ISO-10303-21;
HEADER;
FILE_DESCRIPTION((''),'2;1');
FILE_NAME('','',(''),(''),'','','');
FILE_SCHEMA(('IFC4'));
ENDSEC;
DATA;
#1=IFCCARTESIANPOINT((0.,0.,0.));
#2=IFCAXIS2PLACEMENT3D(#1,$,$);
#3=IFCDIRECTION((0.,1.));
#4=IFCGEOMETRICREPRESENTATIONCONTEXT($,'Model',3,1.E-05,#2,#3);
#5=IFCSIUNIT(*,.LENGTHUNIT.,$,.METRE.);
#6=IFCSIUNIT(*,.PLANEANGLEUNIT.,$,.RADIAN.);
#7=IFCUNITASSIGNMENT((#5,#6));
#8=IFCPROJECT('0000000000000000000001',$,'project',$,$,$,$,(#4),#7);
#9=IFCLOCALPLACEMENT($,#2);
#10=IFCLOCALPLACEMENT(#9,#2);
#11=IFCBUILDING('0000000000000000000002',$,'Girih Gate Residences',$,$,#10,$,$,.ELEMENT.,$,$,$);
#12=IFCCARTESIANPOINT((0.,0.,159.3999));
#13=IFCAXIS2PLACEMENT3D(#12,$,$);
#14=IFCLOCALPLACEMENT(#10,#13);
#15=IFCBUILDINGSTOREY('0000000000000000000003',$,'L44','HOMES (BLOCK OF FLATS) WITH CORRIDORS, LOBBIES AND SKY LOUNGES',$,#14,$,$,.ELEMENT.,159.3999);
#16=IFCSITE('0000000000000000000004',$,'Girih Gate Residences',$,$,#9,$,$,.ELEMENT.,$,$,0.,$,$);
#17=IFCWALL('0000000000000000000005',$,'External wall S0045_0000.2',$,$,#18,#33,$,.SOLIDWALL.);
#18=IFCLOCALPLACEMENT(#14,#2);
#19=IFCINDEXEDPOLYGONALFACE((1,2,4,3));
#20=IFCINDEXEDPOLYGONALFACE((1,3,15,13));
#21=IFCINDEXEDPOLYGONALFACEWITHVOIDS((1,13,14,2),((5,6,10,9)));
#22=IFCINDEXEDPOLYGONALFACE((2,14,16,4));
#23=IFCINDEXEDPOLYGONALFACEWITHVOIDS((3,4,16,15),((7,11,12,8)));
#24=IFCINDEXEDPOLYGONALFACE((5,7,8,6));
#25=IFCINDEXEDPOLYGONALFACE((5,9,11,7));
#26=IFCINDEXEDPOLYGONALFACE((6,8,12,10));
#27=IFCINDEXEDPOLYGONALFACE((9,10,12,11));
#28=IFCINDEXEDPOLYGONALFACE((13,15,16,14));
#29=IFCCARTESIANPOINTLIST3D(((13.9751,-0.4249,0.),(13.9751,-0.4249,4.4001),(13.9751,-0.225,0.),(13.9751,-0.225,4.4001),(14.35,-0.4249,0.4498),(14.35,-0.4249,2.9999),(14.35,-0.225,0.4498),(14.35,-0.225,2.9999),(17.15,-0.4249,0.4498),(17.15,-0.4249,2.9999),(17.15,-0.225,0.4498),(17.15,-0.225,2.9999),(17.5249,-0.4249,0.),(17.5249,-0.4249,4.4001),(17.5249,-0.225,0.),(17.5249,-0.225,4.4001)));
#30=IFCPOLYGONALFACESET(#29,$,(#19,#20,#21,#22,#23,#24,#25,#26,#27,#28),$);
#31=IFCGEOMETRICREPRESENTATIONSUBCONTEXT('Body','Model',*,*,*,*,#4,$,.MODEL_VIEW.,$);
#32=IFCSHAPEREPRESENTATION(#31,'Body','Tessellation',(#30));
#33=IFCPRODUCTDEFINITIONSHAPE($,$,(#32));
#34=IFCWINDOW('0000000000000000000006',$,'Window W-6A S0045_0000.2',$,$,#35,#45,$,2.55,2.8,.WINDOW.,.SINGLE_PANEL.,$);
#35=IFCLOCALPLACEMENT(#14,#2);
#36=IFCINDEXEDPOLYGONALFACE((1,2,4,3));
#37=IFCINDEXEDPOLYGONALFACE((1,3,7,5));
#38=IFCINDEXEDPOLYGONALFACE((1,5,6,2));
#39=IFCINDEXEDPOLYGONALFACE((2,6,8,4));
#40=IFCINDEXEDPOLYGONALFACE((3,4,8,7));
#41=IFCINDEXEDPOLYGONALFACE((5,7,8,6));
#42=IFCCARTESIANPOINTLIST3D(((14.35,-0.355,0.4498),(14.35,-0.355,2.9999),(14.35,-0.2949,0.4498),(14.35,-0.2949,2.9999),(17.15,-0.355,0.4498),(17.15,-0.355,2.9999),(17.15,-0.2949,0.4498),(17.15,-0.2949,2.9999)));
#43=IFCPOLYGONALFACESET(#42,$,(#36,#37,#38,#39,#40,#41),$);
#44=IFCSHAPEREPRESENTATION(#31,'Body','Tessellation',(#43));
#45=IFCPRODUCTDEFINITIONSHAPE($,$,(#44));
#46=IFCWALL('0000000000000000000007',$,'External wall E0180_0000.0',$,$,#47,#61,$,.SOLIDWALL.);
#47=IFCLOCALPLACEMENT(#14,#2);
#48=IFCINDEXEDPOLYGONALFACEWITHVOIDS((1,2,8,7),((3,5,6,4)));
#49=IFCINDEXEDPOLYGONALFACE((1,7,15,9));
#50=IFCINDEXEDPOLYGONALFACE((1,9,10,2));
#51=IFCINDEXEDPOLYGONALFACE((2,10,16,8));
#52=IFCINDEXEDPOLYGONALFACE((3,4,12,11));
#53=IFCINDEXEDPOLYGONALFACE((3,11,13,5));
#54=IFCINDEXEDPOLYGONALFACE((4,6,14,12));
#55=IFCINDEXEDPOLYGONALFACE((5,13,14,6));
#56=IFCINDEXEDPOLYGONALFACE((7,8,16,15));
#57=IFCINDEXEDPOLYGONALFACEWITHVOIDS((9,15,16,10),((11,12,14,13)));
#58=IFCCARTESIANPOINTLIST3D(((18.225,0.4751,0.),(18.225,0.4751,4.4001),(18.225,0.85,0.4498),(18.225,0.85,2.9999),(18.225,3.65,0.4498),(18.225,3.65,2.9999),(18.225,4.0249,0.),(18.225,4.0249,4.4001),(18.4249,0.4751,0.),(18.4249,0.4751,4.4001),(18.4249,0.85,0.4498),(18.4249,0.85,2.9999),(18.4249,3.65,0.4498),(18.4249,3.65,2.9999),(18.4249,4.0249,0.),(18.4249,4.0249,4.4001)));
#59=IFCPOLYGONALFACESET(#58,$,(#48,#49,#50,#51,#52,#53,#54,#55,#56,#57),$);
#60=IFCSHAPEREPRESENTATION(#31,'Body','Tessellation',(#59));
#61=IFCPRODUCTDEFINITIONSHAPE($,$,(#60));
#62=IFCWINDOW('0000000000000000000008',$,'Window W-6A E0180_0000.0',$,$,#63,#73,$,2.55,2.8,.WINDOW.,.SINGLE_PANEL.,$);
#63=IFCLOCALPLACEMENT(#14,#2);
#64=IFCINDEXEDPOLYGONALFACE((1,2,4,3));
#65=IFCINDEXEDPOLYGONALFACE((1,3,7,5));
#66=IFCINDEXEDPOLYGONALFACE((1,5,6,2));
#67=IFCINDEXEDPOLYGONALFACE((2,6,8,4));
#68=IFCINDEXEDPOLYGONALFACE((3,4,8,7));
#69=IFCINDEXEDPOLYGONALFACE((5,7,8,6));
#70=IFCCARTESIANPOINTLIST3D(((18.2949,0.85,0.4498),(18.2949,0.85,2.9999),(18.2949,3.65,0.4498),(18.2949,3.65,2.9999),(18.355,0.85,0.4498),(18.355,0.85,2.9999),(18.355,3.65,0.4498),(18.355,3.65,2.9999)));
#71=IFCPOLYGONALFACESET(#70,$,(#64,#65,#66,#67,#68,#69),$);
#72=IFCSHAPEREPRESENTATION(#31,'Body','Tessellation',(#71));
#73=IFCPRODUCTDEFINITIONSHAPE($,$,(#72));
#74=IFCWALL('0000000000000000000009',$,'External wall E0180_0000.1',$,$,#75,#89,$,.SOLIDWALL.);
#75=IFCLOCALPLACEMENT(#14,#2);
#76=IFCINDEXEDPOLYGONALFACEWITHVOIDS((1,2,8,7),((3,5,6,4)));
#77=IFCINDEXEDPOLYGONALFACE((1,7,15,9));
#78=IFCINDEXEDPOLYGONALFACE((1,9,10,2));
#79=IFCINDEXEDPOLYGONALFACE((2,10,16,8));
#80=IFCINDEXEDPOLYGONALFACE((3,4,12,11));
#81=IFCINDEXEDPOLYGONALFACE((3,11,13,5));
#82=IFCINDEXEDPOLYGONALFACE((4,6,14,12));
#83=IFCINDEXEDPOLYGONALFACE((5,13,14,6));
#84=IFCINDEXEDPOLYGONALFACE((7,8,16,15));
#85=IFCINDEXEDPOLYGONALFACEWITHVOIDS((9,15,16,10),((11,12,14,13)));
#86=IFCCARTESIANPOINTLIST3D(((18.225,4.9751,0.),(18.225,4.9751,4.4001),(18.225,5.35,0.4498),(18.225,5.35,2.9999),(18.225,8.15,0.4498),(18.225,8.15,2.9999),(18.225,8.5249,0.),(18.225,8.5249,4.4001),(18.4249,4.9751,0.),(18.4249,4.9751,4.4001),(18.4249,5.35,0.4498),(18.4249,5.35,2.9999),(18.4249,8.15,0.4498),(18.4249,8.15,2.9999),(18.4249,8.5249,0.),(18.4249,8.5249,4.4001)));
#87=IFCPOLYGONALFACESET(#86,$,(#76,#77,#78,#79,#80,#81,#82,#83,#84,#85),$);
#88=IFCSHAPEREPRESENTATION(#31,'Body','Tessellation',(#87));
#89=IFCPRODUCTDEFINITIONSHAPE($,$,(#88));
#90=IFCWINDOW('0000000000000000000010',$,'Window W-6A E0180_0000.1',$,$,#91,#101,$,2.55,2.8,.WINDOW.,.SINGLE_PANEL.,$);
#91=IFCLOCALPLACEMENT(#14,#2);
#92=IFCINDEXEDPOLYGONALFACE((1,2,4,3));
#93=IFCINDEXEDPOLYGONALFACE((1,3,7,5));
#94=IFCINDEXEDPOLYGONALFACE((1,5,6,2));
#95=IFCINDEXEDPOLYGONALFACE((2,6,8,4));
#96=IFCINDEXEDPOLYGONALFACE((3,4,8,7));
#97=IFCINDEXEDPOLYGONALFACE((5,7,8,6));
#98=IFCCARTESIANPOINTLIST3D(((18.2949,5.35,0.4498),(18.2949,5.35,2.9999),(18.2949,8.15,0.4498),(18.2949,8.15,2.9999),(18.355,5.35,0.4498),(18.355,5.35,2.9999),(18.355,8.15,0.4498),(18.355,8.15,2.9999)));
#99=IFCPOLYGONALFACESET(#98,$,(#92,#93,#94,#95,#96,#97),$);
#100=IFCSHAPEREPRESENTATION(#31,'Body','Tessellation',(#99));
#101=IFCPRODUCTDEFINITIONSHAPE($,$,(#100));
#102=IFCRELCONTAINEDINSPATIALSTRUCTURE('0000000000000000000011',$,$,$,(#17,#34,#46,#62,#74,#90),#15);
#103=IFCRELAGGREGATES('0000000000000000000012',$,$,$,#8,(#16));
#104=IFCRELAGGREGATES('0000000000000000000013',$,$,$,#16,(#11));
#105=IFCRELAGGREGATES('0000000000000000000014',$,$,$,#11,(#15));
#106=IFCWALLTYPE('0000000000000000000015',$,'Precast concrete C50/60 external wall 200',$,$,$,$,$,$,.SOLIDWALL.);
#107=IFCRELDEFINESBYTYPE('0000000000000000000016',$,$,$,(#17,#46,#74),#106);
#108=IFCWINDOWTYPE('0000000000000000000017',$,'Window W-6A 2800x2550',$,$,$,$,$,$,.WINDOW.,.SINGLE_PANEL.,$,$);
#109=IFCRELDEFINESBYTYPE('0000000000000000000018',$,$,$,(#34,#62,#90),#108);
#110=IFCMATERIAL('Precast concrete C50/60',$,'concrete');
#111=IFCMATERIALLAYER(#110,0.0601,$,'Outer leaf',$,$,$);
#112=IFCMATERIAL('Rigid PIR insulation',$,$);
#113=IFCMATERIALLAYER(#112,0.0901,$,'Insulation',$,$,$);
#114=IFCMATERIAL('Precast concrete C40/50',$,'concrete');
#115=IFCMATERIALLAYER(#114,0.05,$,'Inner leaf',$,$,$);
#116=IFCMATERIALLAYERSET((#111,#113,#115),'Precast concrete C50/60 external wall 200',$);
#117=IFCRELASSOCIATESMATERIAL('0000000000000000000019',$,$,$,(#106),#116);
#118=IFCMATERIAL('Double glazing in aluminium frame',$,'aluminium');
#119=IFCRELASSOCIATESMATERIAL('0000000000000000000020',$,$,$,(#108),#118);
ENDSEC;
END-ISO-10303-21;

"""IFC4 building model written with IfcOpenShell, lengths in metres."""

from ifc_helpers import new_model, si_unit, direction, frame, frame_2d, origin, place, context, subcontext, project, spatial, rectangle, extrude, material, layer, layer_set, type_object, element, fill, save


model = new_model("IFC4")

# Units and contexts
model_context = context("Model", 3, precision=1e-05, world=origin(), true_north=direction((0.0, 1.0)))
body_context = subcontext(model_context, "Body", "Model", "MODEL_VIEW")
ifc_project = project(units=[si_unit("LENGTHUNIT", "METRE"), si_unit("PLANEANGLEUNIT", "RADIAN")], contexts=[model_context])

# Site, building, storey
site_placement = place(None, origin())
site = spatial("IfcSite", under=ifc_project, at=site_placement, Name="Girih Gate Residences", CompositionType="ELEMENT", RefElevation=0.0)
building_placement = place(site_placement, origin())
building = spatial("IfcBuilding", under=site, at=building_placement, Name="Girih Gate Residences", CompositionType="ELEMENT")
storey_placement = place(building_placement, frame((0.0, 0.0, 159.3999)))
storey = spatial("IfcBuildingStorey", under=building, at=storey_placement, Name="L44", Description="HOMES (BLOCK OF FLATS) WITH CORRIDORS, LOBBIES AND SKY LOUNGES", CompositionType="ELEMENT", Elevation=159.3999)

# Walls, openings, windows
ifc_material_1 = material(Name="Precast concrete C50/60", Category="concrete")
ifc_layer_1 = layer(ifc_material_1, 0.0601, Name="Outer leaf")
ifc_material_2 = material(Name="Rigid PIR insulation")
ifc_layer_2 = layer(ifc_material_2, 0.0901, Name="Insulation")
ifc_material_3 = material(Name="Precast concrete C40/50", Category="concrete")
ifc_layer_3 = layer(ifc_material_3, 0.05, Name="Inner leaf")
ifc_layer_set_1 = layer_set([ifc_layer_1, ifc_layer_2, ifc_layer_3], Name="Precast concrete C50/60 external wall 200")
wall_type_1 = type_object("IfcWallType", Name="Precast concrete C50/60 external wall 200", PredefinedType="SOLIDWALL", material=ifc_layer_set_1)
ifc_material_4 = material(Name="Double glazing in aluminium frame", Category="aluminium")
window_type = type_object("IfcWindowType", Name="Window W-6A 2800x2550", PartitioningType="SINGLE_PANEL", PredefinedType="WINDOW", material=ifc_material_4)
wall_1_placement = place(storey_placement, frame((17.5249, -0.325, 0.0), z_axis=(0.0, 0.0, 1.0), x_axis=(-1.0, 0.0, 0.0)))
wall_1 = element("IfcWall", 1, at=wall_1_placement, inside=storey, type_object=wall_type_1, Name="External wall S0045_0000.2", PredefinedType="SOLIDWALL", context=body_context, shape_type="SweptSolid", body=[
    extrude(rectangle(XDim=3.5498, YDim=0.2, at=frame_2d((1.7749, 0.0))), origin(), (0.0, 0.0, 1.0), 4.4001),
])
opening_1_placement = place(wall_1_placement, frame((0.375, 0.0, 0.45)))
opening_1 = element("IfcOpeningElement", 2, at=opening_1_placement, cuts=wall_1, PredefinedType="OPENING", context=body_context, shape_type="SweptSolid", body=[
    extrude(rectangle(XDim=2.8, YDim=2.55, at=frame_2d((1.3999, 1.2749))), frame((0.0, 0.1099, 0.0), z_axis=(0.0, -1.0, 0.0), x_axis=(1.0, 0.0, 0.0)), (0.0, 0.0, 1.0), 0.22),
])
window_1_placement = place(opening_1_placement, origin())
window_1 = element("IfcWindow", 3, at=window_1_placement, inside=storey, type_object=window_type, Name="Window W-6A S0045_0000.2", OverallHeight=2.55, OverallWidth=2.8, PartitioningType="SINGLE_PANEL", PredefinedType="WINDOW", context=body_context, shape_type="SweptSolid", body=[
    extrude(rectangle(XDim=2.8, YDim=2.55, at=frame_2d((1.3999, 1.2749))), frame((0.0, 0.03, 0.0), z_axis=(0.0, -1.0, 0.0), x_axis=(1.0, 0.0, 0.0)), (0.0, 0.0, 1.0), 0.0601),
])
fill(opening_1, window_1)
wall_2_placement = place(storey_placement, frame((18.325, 4.0249, 0.0), z_axis=(0.0, 0.0, 1.0), x_axis=(0.0, -1.0, 0.0)))
wall_2 = element("IfcWall", 4, at=wall_2_placement, inside=storey, type_object=wall_type_1, Name="External wall E0180_0000.0", PredefinedType="SOLIDWALL", context=body_context, shape_type="SweptSolid", body=[
    extrude(rectangle(XDim=3.5498, YDim=0.2, at=frame_2d((1.7749, 0.0))), origin(), (0.0, 0.0, 1.0), 4.4001),
])
opening_2_placement = place(wall_2_placement, frame((0.375, 0.0, 0.45)))
opening_2 = element("IfcOpeningElement", 5, at=opening_2_placement, cuts=wall_2, PredefinedType="OPENING", context=body_context, shape_type="SweptSolid", body=[
    extrude(rectangle(XDim=2.8, YDim=2.55, at=frame_2d((1.3999, 1.2749))), frame((0.0, 0.1099, 0.0), z_axis=(0.0, -1.0, 0.0), x_axis=(1.0, 0.0, 0.0)), (0.0, 0.0, 1.0), 0.22),
])
window_2_placement = place(opening_2_placement, origin())
window_2 = element("IfcWindow", 6, at=window_2_placement, inside=storey, type_object=window_type, Name="Window W-6A E0180_0000.0", OverallHeight=2.55, OverallWidth=2.8, PartitioningType="SINGLE_PANEL", PredefinedType="WINDOW", context=body_context, shape_type="SweptSolid", body=[
    extrude(rectangle(XDim=2.8, YDim=2.55, at=frame_2d((1.3999, 1.2749))), frame((0.0, 0.03, 0.0), z_axis=(0.0, -1.0, 0.0), x_axis=(1.0, 0.0, 0.0)), (0.0, 0.0, 1.0), 0.0601),
])
fill(opening_2, window_2)
wall_3_placement = place(storey_placement, frame((18.325, 8.5249, 0.0), z_axis=(0.0, 0.0, 1.0), x_axis=(0.0, -1.0, 0.0)))
wall_3 = element("IfcWall", 7, at=wall_3_placement, inside=storey, type_object=wall_type_1, Name="External wall E0180_0000.1", PredefinedType="SOLIDWALL", context=body_context, shape_type="SweptSolid", body=[
    extrude(rectangle(XDim=3.5498, YDim=0.2, at=frame_2d((1.7749, 0.0))), origin(), (0.0, 0.0, 1.0), 4.4001),
])
opening_3_placement = place(wall_3_placement, frame((0.375, 0.0, 0.45)))
opening_3 = element("IfcOpeningElement", 8, at=opening_3_placement, cuts=wall_3, PredefinedType="OPENING", context=body_context, shape_type="SweptSolid", body=[
    extrude(rectangle(XDim=2.8, YDim=2.55, at=frame_2d((1.3999, 1.2749))), frame((0.0, 0.1099, 0.0), z_axis=(0.0, -1.0, 0.0), x_axis=(1.0, 0.0, 0.0)), (0.0, 0.0, 1.0), 0.22),
])
window_3_placement = place(opening_3_placement, origin())
window_3 = element("IfcWindow", 9, at=window_3_placement, inside=storey, type_object=window_type, Name="Window W-6A E0180_0000.1", OverallHeight=2.55, OverallWidth=2.8, PartitioningType="SINGLE_PANEL", PredefinedType="WINDOW", context=body_context, shape_type="SweptSolid", body=[
    extrude(rectangle(XDim=2.8, YDim=2.55, at=frame_2d((1.3999, 1.2749))), frame((0.0, 0.03, 0.0), z_axis=(0.0, -1.0, 0.0), x_axis=(1.0, 0.0, 0.0)), (0.0, 0.0, 1.0), 0.0601),
])
fill(opening_3, window_3)

save(model, "model.ifc")
